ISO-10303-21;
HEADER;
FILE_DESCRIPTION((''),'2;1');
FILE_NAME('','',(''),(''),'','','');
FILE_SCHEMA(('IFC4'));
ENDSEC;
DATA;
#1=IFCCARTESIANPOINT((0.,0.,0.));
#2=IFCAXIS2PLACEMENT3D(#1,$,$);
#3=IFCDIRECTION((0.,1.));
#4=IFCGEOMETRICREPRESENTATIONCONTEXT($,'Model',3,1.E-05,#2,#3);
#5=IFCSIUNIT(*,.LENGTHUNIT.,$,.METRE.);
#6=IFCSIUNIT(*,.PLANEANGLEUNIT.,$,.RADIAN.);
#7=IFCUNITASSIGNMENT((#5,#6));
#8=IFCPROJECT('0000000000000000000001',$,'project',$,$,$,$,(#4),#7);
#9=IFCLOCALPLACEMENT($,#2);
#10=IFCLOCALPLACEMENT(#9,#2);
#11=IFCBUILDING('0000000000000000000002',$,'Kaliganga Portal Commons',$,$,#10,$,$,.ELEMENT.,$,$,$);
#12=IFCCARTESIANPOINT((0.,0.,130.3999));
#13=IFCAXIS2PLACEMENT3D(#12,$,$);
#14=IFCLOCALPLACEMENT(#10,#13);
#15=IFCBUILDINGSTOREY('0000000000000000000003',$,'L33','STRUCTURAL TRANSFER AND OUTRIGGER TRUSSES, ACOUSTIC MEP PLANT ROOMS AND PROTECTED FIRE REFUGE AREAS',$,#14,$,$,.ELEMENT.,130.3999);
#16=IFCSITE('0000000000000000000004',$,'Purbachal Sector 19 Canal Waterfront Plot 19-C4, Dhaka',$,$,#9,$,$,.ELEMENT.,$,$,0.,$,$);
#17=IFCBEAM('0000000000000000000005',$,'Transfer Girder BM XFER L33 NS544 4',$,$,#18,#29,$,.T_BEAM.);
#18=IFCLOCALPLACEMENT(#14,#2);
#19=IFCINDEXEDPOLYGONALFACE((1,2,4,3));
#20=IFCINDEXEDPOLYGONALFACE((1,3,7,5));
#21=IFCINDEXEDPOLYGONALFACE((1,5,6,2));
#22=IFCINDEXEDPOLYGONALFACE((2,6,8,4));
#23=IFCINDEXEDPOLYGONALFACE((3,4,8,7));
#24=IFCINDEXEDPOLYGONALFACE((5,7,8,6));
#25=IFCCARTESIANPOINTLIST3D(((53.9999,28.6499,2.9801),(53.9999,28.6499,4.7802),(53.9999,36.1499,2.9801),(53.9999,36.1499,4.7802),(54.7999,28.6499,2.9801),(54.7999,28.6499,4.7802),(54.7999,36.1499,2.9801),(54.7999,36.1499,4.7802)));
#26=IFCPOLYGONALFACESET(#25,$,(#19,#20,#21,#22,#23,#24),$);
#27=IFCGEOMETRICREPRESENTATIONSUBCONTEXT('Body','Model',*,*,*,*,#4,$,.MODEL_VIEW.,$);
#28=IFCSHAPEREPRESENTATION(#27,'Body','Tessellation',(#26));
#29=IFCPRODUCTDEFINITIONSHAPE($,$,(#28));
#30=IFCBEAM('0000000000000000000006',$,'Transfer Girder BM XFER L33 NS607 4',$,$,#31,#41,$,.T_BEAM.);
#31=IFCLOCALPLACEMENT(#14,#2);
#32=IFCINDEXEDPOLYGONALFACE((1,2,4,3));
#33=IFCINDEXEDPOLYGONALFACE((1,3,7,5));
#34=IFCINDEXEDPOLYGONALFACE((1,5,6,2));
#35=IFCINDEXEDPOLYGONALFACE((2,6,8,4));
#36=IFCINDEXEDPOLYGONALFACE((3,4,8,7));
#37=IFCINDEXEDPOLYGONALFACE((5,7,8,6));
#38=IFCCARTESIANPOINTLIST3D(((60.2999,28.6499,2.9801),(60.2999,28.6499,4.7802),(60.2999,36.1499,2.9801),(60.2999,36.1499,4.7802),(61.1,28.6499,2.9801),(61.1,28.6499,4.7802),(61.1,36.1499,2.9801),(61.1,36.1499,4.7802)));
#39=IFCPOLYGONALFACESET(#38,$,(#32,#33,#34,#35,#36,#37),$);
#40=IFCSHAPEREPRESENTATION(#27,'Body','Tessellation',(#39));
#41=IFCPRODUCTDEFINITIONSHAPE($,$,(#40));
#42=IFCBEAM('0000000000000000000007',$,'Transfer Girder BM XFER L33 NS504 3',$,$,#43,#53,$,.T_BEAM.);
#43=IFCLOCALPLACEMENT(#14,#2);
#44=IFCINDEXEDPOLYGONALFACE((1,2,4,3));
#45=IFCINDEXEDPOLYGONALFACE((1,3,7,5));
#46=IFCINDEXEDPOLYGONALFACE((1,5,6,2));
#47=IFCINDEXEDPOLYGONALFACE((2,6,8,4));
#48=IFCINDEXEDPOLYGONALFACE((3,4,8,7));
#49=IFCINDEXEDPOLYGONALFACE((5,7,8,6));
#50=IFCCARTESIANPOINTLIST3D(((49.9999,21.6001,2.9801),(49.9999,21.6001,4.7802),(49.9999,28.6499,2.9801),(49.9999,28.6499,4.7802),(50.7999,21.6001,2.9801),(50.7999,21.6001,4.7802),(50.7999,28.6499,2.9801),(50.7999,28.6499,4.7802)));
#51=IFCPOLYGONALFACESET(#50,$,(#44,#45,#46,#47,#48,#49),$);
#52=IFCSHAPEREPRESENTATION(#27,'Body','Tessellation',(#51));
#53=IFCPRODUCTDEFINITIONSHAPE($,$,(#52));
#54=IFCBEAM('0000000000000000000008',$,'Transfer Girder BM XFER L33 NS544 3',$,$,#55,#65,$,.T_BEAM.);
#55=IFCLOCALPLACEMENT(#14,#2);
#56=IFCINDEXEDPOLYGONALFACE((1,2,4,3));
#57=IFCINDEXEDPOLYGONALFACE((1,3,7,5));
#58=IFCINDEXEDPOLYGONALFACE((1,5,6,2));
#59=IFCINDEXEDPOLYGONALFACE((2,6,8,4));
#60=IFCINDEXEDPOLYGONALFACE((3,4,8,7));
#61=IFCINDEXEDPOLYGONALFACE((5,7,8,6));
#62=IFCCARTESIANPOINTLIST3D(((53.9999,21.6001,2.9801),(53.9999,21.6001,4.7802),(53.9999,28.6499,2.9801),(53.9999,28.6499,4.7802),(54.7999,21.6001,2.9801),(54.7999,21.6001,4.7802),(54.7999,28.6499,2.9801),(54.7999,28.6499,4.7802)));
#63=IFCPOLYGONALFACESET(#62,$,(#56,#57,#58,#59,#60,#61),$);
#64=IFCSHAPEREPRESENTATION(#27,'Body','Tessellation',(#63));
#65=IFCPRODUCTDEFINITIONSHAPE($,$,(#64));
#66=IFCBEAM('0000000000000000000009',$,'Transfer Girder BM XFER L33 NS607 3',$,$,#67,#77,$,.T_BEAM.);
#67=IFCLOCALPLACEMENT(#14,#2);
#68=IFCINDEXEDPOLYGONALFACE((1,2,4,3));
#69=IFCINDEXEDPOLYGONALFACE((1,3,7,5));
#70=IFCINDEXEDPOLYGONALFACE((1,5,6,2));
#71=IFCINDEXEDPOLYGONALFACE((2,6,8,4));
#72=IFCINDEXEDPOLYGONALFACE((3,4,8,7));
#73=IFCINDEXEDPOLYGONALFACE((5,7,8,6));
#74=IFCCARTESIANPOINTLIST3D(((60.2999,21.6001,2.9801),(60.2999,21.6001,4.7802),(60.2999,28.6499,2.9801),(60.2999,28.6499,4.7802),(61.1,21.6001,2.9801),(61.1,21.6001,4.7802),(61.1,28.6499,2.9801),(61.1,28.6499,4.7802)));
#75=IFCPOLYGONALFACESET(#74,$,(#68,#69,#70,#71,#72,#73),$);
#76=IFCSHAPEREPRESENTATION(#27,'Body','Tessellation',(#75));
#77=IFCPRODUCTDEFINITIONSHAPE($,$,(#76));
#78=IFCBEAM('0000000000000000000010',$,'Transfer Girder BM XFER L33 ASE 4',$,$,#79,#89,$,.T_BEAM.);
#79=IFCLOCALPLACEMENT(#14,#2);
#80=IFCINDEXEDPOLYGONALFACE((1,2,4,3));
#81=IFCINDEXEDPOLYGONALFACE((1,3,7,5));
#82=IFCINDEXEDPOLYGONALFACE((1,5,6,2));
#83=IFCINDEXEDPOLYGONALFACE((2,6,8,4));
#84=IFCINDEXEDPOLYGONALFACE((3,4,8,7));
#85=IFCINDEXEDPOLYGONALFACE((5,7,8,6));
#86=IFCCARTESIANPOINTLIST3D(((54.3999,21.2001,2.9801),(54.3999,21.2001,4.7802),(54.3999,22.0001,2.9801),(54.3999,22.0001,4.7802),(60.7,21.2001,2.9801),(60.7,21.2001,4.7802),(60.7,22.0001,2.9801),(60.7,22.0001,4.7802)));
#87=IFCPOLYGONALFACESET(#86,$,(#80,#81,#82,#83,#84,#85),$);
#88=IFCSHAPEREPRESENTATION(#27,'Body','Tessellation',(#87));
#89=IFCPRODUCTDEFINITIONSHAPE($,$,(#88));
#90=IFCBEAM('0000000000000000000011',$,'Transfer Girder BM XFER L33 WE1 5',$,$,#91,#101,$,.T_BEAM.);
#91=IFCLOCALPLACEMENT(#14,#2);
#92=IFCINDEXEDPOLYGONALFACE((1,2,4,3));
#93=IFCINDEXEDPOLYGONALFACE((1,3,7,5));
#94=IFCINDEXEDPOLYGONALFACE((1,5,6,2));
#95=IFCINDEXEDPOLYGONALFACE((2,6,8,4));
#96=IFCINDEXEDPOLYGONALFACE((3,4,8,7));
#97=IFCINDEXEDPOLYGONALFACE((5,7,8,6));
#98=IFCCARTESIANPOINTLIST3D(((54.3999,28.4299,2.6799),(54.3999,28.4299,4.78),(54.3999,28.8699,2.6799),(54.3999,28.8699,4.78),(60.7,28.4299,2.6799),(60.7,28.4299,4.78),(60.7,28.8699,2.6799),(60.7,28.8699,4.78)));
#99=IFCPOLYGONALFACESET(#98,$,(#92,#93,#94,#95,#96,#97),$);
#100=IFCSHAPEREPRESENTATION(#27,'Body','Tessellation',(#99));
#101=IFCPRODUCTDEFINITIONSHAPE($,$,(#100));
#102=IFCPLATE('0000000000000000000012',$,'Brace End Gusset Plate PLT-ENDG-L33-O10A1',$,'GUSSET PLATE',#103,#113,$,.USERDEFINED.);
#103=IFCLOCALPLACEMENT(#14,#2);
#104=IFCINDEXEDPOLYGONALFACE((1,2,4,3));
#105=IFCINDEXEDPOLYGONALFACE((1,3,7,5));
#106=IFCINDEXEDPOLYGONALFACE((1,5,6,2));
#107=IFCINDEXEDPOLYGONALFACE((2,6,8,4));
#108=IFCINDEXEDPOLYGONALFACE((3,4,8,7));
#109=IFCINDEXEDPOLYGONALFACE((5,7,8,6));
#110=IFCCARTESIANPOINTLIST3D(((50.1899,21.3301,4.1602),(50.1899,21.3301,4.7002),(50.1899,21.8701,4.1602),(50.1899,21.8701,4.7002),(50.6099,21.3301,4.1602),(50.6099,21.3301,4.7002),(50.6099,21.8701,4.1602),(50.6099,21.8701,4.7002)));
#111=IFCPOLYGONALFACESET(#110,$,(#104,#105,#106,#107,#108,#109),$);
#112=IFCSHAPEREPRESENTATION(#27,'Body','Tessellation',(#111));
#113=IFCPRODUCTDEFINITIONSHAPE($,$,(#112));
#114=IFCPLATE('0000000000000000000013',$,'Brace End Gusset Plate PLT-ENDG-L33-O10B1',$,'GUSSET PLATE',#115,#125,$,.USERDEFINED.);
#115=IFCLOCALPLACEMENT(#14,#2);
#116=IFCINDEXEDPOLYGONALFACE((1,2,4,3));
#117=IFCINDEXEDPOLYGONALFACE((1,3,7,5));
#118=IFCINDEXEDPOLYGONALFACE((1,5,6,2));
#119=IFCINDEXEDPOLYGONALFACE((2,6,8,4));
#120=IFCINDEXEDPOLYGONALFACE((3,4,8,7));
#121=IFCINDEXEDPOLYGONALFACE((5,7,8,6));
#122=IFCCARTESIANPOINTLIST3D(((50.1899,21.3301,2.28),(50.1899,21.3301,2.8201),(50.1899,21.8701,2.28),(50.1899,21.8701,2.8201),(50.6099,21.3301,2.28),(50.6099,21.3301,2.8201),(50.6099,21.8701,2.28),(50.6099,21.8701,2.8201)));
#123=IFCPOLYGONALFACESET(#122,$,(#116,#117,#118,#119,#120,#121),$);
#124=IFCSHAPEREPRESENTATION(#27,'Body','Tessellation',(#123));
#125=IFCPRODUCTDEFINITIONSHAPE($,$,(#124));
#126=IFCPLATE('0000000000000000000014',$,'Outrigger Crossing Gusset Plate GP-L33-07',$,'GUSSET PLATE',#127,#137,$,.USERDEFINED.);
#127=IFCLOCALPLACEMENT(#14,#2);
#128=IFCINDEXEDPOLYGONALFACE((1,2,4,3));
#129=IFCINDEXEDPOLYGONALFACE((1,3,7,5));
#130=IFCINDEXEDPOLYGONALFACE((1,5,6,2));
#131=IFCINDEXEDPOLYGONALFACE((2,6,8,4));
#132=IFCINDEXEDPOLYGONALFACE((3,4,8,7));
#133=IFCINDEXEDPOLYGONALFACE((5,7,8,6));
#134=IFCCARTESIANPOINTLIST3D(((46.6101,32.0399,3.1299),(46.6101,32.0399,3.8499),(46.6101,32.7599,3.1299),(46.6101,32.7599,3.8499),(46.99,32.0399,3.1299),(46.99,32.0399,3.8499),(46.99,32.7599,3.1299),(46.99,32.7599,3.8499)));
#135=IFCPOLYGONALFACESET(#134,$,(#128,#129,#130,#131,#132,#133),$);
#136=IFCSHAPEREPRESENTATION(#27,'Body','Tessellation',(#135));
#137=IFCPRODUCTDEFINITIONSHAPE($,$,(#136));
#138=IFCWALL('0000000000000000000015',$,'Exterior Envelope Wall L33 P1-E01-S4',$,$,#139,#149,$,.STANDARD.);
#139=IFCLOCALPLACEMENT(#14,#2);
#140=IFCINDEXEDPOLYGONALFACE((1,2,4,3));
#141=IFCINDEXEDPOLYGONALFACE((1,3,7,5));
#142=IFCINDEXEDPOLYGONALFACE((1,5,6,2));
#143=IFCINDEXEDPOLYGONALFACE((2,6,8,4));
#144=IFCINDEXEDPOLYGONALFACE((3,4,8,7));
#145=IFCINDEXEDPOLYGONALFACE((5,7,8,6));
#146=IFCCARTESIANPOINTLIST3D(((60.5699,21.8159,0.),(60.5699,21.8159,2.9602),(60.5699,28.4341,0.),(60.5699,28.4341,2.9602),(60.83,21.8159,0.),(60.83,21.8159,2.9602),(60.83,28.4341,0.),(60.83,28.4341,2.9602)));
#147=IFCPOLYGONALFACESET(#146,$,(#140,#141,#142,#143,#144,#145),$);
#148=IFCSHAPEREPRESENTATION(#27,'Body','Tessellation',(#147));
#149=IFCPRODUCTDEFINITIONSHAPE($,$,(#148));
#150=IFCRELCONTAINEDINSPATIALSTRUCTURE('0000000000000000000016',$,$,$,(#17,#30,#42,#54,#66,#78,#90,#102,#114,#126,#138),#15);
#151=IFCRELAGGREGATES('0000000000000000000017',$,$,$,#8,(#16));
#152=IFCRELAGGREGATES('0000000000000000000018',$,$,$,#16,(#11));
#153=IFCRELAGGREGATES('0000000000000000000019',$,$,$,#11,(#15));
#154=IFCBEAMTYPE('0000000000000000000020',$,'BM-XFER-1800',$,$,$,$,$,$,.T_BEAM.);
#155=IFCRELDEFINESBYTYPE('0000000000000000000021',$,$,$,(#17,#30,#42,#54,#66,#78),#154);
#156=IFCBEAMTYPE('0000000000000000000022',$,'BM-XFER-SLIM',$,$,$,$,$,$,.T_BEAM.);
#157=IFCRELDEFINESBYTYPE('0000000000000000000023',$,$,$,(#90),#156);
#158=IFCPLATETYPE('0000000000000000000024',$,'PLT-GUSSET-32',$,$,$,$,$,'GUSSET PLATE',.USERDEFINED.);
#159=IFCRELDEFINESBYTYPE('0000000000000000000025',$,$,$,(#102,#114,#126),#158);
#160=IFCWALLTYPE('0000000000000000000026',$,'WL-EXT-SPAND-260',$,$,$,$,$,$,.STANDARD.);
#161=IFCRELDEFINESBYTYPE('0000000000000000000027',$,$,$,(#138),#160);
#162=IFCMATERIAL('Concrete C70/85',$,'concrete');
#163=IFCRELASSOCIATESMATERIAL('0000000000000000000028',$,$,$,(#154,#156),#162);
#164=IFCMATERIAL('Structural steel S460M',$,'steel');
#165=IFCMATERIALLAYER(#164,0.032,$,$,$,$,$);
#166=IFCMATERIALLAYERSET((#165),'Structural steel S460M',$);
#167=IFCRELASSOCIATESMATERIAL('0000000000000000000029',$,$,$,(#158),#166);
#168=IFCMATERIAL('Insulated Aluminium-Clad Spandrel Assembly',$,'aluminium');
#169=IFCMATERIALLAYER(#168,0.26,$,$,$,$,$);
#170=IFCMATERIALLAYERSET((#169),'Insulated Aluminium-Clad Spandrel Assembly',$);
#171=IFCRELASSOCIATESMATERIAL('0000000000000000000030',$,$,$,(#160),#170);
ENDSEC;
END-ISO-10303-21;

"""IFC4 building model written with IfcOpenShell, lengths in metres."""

from ifc_helpers import new_model, si_unit, direction, frame, frame_2d, origin, origin_2d, place, context, subcontext, project, spatial, rectangle, extrude, source, transform, mapped, material, layer, layer_set, material_profile, profile_set, type_object, element, save


model = new_model("IFC4")

# Units and contexts
model_context = context("Model", 3, precision=1e-05, world=origin(), true_north=direction((0.0, 1.0)))
body_context = subcontext(model_context, "Body", "Model", "MODEL_VIEW")
ifc_project = project(units=[si_unit("LENGTHUNIT", "METRE"), si_unit("PLANEANGLEUNIT", "RADIAN")], contexts=[model_context])

# Site, building, storey
site_placement = place(None, origin())
site = spatial("IfcSite", under=ifc_project, at=site_placement, Name="Purbachal Sector 19 Canal Waterfront Plot 19-C4, Dhaka", CompositionType="ELEMENT", RefElevation=0.0)
building_placement = place(site_placement, origin())
building = spatial("IfcBuilding", under=site, at=building_placement, Name="Kaliganga Portal Commons", CompositionType="ELEMENT")
storey_placement = place(building_placement, frame((0.0, 0.0, 130.3999)))
storey = spatial("IfcBuildingStorey", under=building, at=storey_placement, Name="L33", Description="STRUCTURAL TRANSFER AND OUTRIGGER TRUSSES, ACOUSTIC MEP PLANT ROOMS AND PROTECTED FIRE REFUGE AREAS", CompositionType="ELEMENT", Elevation=130.3999)

# Shared definitions
ifc_material_1 = material(Name="Structural steel S460M", Category="steel")

# Beams
ifc_material_2 = material(Name="Concrete C70/85", Category="concrete")
ifc_material_profile_1 = material_profile(ifc_material_2, rectangle(XDim=0.8, YDim=1.8, at=origin_2d()), Name="RC 800x1800")
ifc_profile_set_1 = profile_set([ifc_material_profile_1], Name="Concrete C70/85")
beam_type_1 = type_object("IfcBeamType", Name="BM-XFER-1800", PredefinedType="T_BEAM", material=ifc_profile_set_1)
ifc_material_profile_2 = material_profile(ifc_material_2, rectangle(XDim=0.4399, YDim=2.1001, at=origin_2d()), Name="RC 440x2100")
ifc_profile_set_2 = profile_set([ifc_material_profile_2], Name="Concrete C70/85")
beam_type_2 = type_object("IfcBeamType", Name="BM-XFER-SLIM", PredefinedType="T_BEAM", material=ifc_profile_set_2)
shared_shape_1 = source(origin(), body_context, "Body", "SweptSolid", [
    extrude(rectangle(XDim=0.8, YDim=1.8, at=origin_2d()), origin(), (0.0, 0.0, 1.0), 7.5),
])
for number, where, z_axis, x_axis, name in (
    (1, (54.3999, 28.6499, 3.8801), (0.0, 1.0, 0.0), (-1.0, 0.0, 0.0), "Transfer Girder BM XFER L33 NS544 4"),
    (2, (60.7, 28.6499, 3.8801), (0.0, 1.0, 0.0), (-1.0, 0.0, 0.0), "Transfer Girder BM XFER L33 NS607 4"),
):
    element("IfcBeam", number, at=place(storey_placement, frame(where, z_axis=z_axis, x_axis=x_axis)), inside=storey, type_object=beam_type_1, Name=name, PredefinedType="T_BEAM", context=body_context, shape_type="MappedRepresentation", body=[
        mapped(shared_shape_1, transform((0.0, 0.0, 0.0), x_axis=(1.0, 0.0, 0.0), y_axis=(0.0, 1.0, 0.0), z_axis=(0.0, 0.0, 1.0), scale=1.0)),
    ])
shared_shape_2 = source(origin(), body_context, "Body", "SweptSolid", [
    extrude(rectangle(XDim=0.8, YDim=1.8, at=origin_2d()), origin(), (0.0, 0.0, 1.0), 7.0498),
])
for number, where, z_axis, x_axis, name in (
    (3, (50.3999, 21.6001, 3.8801), (0.0, 1.0, 0.0), (-1.0, 0.0, 0.0), "Transfer Girder BM XFER L33 NS504 3"),
    (4, (54.3999, 21.6001, 3.8801), (0.0, 1.0, 0.0), (-1.0, 0.0, 0.0), "Transfer Girder BM XFER L33 NS544 3"),
    (5, (60.7, 21.6001, 3.8801), (0.0, 1.0, 0.0), (-1.0, 0.0, 0.0), "Transfer Girder BM XFER L33 NS607 3"),
):
    element("IfcBeam", number, at=place(storey_placement, frame(where, z_axis=z_axis, x_axis=x_axis)), inside=storey, type_object=beam_type_1, Name=name, PredefinedType="T_BEAM", context=body_context, shape_type="MappedRepresentation", body=[
        mapped(shared_shape_2, transform((0.0, 0.0, 0.0), x_axis=(1.0, 0.0, 0.0), y_axis=(0.0, 1.0, 0.0), z_axis=(0.0, 0.0, 1.0), scale=1.0)),
    ])
shared_shape_3 = source(origin(), body_context, "Body", "SweptSolid", [
    extrude(rectangle(XDim=0.8, YDim=1.8, at=origin_2d()), origin(), (0.0, 0.0, 1.0), 6.3),
])
beam_1_placement = place(storey_placement, frame((54.3999, 21.6001, 3.8801), z_axis=(1.0, 0.0, 0.0), x_axis=(0.0, 1.0, 0.0)))
element("IfcBeam", 6, at=beam_1_placement, inside=storey, type_object=beam_type_1, Name="Transfer Girder BM XFER L33 ASE 4", PredefinedType="T_BEAM", context=body_context, shape_type="MappedRepresentation", body=[
    mapped(shared_shape_3, transform((0.0, 0.0, 0.0), x_axis=(1.0, 0.0, 0.0), y_axis=(0.0, 1.0, 0.0), z_axis=(0.0, 0.0, 1.0), scale=1.0)),
])
shared_shape_4 = source(origin(), body_context, "Body", "SweptSolid", [
    extrude(rectangle(XDim=0.4399, YDim=2.1001, at=origin_2d()), origin(), (0.0, 0.0, 1.0), 6.3),
])
beam_2_placement = place(storey_placement, frame((54.3999, 28.6499, 3.73), z_axis=(1.0, 0.0, 0.0), x_axis=(0.0, 1.0, 0.0)))
element("IfcBeam", 7, at=beam_2_placement, inside=storey, type_object=beam_type_2, Name="Transfer Girder BM XFER L33 WE1 5", PredefinedType="T_BEAM", context=body_context, shape_type="MappedRepresentation", body=[
    mapped(shared_shape_4, transform((0.0, 0.0, 0.0), x_axis=(1.0, 0.0, 0.0), y_axis=(0.0, 1.0, 0.0), z_axis=(0.0, 0.0, 1.0), scale=1.0)),
])

# Plates
ifc_layer_1 = layer(ifc_material_1, 0.032)
ifc_layer_set_1 = layer_set([ifc_layer_1], Name="Structural steel S460M")
plate_type = type_object("IfcPlateType", Name="PLT-GUSSET-32", ElementType="GUSSET PLATE", PredefinedType="USERDEFINED", material=ifc_layer_set_1)
shared_shape_5 = source(origin(), body_context, "Body", "SweptSolid", [
    extrude(rectangle(XDim=0.54, YDim=0.4199, at=origin_2d()), origin(), (0.0, 0.0, 1.0), 0.54),
])
for number, where, z_axis, x_axis, name in (
    (8, (50.3999, 21.6001, 4.1602), (0.0, 0.0, 1.0), (0.0, 1.0, 0.0), "Brace End Gusset Plate PLT-ENDG-L33-O10A1"),
    (9, (50.3999, 21.6001, 2.28), (0.0, 0.0, 1.0), (0.0, 1.0, 0.0), "Brace End Gusset Plate PLT-ENDG-L33-O10B1"),
):
    element("IfcPlate", number, at=place(storey_placement, frame(where, z_axis=z_axis, x_axis=x_axis)), inside=storey, type_object=plate_type, Name=name, ObjectType="GUSSET PLATE", PredefinedType="USERDEFINED", context=body_context, shape_type="MappedRepresentation", body=[
        mapped(shared_shape_5, transform((0.0, 0.0, 0.0), x_axis=(1.0, 0.0, 0.0), y_axis=(0.0, 1.0, 0.0), z_axis=(0.0, 0.0, 1.0), scale=1.0)),
    ])
shared_shape_6 = source(origin(), body_context, "Body", "SweptSolid", [
    extrude(rectangle(XDim=0.72, YDim=0.3799, at=origin_2d()), origin(), (0.0, 0.0, 1.0), 0.72),
])
plate_placement = place(storey_placement, frame((46.8, 32.3999, 3.1299), z_axis=(0.0, 0.0, 1.0), x_axis=(0.0, 1.0, 0.0)))
element("IfcPlate", 10, at=plate_placement, inside=storey, type_object=plate_type, Name="Outrigger Crossing Gusset Plate GP-L33-07", ObjectType="GUSSET PLATE", PredefinedType="USERDEFINED", context=body_context, shape_type="MappedRepresentation", body=[
    mapped(shared_shape_6, transform((0.0, 0.0, 0.0), x_axis=(1.0, 0.0, 0.0), y_axis=(0.0, 1.0, 0.0), z_axis=(0.0, 0.0, 1.0), scale=1.0)),
])

# Wall
ifc_material_3 = material(Name="Insulated Aluminium-Clad Spandrel Assembly", Category="aluminium")
ifc_layer_2 = layer(ifc_material_3, 0.26)
ifc_layer_set_2 = layer_set([ifc_layer_2], Name="Insulated Aluminium-Clad Spandrel Assembly")
wall_type = type_object("IfcWallType", Name="WL-EXT-SPAND-260", PredefinedType="STANDARD", material=ifc_layer_set_2)
wall_placement = place(storey_placement, frame((60.7, 28.4341, 0.0), z_axis=(0.0, 0.0, 1.0), x_axis=(0.0, -1.0, 0.0)))
element("IfcWall", 11, at=wall_placement, inside=storey, type_object=wall_type, Name="Exterior Envelope Wall L33 P1-E01-S4", PredefinedType="STANDARD", context=body_context, shape_type="SweptSolid", body=[
    extrude(rectangle(XDim=6.6182, YDim=0.26, at=frame_2d((3.3091, 0.0))), origin(), (0.0, 0.0, 1.0), 2.9602),
])

save(model, "model.ifc")
